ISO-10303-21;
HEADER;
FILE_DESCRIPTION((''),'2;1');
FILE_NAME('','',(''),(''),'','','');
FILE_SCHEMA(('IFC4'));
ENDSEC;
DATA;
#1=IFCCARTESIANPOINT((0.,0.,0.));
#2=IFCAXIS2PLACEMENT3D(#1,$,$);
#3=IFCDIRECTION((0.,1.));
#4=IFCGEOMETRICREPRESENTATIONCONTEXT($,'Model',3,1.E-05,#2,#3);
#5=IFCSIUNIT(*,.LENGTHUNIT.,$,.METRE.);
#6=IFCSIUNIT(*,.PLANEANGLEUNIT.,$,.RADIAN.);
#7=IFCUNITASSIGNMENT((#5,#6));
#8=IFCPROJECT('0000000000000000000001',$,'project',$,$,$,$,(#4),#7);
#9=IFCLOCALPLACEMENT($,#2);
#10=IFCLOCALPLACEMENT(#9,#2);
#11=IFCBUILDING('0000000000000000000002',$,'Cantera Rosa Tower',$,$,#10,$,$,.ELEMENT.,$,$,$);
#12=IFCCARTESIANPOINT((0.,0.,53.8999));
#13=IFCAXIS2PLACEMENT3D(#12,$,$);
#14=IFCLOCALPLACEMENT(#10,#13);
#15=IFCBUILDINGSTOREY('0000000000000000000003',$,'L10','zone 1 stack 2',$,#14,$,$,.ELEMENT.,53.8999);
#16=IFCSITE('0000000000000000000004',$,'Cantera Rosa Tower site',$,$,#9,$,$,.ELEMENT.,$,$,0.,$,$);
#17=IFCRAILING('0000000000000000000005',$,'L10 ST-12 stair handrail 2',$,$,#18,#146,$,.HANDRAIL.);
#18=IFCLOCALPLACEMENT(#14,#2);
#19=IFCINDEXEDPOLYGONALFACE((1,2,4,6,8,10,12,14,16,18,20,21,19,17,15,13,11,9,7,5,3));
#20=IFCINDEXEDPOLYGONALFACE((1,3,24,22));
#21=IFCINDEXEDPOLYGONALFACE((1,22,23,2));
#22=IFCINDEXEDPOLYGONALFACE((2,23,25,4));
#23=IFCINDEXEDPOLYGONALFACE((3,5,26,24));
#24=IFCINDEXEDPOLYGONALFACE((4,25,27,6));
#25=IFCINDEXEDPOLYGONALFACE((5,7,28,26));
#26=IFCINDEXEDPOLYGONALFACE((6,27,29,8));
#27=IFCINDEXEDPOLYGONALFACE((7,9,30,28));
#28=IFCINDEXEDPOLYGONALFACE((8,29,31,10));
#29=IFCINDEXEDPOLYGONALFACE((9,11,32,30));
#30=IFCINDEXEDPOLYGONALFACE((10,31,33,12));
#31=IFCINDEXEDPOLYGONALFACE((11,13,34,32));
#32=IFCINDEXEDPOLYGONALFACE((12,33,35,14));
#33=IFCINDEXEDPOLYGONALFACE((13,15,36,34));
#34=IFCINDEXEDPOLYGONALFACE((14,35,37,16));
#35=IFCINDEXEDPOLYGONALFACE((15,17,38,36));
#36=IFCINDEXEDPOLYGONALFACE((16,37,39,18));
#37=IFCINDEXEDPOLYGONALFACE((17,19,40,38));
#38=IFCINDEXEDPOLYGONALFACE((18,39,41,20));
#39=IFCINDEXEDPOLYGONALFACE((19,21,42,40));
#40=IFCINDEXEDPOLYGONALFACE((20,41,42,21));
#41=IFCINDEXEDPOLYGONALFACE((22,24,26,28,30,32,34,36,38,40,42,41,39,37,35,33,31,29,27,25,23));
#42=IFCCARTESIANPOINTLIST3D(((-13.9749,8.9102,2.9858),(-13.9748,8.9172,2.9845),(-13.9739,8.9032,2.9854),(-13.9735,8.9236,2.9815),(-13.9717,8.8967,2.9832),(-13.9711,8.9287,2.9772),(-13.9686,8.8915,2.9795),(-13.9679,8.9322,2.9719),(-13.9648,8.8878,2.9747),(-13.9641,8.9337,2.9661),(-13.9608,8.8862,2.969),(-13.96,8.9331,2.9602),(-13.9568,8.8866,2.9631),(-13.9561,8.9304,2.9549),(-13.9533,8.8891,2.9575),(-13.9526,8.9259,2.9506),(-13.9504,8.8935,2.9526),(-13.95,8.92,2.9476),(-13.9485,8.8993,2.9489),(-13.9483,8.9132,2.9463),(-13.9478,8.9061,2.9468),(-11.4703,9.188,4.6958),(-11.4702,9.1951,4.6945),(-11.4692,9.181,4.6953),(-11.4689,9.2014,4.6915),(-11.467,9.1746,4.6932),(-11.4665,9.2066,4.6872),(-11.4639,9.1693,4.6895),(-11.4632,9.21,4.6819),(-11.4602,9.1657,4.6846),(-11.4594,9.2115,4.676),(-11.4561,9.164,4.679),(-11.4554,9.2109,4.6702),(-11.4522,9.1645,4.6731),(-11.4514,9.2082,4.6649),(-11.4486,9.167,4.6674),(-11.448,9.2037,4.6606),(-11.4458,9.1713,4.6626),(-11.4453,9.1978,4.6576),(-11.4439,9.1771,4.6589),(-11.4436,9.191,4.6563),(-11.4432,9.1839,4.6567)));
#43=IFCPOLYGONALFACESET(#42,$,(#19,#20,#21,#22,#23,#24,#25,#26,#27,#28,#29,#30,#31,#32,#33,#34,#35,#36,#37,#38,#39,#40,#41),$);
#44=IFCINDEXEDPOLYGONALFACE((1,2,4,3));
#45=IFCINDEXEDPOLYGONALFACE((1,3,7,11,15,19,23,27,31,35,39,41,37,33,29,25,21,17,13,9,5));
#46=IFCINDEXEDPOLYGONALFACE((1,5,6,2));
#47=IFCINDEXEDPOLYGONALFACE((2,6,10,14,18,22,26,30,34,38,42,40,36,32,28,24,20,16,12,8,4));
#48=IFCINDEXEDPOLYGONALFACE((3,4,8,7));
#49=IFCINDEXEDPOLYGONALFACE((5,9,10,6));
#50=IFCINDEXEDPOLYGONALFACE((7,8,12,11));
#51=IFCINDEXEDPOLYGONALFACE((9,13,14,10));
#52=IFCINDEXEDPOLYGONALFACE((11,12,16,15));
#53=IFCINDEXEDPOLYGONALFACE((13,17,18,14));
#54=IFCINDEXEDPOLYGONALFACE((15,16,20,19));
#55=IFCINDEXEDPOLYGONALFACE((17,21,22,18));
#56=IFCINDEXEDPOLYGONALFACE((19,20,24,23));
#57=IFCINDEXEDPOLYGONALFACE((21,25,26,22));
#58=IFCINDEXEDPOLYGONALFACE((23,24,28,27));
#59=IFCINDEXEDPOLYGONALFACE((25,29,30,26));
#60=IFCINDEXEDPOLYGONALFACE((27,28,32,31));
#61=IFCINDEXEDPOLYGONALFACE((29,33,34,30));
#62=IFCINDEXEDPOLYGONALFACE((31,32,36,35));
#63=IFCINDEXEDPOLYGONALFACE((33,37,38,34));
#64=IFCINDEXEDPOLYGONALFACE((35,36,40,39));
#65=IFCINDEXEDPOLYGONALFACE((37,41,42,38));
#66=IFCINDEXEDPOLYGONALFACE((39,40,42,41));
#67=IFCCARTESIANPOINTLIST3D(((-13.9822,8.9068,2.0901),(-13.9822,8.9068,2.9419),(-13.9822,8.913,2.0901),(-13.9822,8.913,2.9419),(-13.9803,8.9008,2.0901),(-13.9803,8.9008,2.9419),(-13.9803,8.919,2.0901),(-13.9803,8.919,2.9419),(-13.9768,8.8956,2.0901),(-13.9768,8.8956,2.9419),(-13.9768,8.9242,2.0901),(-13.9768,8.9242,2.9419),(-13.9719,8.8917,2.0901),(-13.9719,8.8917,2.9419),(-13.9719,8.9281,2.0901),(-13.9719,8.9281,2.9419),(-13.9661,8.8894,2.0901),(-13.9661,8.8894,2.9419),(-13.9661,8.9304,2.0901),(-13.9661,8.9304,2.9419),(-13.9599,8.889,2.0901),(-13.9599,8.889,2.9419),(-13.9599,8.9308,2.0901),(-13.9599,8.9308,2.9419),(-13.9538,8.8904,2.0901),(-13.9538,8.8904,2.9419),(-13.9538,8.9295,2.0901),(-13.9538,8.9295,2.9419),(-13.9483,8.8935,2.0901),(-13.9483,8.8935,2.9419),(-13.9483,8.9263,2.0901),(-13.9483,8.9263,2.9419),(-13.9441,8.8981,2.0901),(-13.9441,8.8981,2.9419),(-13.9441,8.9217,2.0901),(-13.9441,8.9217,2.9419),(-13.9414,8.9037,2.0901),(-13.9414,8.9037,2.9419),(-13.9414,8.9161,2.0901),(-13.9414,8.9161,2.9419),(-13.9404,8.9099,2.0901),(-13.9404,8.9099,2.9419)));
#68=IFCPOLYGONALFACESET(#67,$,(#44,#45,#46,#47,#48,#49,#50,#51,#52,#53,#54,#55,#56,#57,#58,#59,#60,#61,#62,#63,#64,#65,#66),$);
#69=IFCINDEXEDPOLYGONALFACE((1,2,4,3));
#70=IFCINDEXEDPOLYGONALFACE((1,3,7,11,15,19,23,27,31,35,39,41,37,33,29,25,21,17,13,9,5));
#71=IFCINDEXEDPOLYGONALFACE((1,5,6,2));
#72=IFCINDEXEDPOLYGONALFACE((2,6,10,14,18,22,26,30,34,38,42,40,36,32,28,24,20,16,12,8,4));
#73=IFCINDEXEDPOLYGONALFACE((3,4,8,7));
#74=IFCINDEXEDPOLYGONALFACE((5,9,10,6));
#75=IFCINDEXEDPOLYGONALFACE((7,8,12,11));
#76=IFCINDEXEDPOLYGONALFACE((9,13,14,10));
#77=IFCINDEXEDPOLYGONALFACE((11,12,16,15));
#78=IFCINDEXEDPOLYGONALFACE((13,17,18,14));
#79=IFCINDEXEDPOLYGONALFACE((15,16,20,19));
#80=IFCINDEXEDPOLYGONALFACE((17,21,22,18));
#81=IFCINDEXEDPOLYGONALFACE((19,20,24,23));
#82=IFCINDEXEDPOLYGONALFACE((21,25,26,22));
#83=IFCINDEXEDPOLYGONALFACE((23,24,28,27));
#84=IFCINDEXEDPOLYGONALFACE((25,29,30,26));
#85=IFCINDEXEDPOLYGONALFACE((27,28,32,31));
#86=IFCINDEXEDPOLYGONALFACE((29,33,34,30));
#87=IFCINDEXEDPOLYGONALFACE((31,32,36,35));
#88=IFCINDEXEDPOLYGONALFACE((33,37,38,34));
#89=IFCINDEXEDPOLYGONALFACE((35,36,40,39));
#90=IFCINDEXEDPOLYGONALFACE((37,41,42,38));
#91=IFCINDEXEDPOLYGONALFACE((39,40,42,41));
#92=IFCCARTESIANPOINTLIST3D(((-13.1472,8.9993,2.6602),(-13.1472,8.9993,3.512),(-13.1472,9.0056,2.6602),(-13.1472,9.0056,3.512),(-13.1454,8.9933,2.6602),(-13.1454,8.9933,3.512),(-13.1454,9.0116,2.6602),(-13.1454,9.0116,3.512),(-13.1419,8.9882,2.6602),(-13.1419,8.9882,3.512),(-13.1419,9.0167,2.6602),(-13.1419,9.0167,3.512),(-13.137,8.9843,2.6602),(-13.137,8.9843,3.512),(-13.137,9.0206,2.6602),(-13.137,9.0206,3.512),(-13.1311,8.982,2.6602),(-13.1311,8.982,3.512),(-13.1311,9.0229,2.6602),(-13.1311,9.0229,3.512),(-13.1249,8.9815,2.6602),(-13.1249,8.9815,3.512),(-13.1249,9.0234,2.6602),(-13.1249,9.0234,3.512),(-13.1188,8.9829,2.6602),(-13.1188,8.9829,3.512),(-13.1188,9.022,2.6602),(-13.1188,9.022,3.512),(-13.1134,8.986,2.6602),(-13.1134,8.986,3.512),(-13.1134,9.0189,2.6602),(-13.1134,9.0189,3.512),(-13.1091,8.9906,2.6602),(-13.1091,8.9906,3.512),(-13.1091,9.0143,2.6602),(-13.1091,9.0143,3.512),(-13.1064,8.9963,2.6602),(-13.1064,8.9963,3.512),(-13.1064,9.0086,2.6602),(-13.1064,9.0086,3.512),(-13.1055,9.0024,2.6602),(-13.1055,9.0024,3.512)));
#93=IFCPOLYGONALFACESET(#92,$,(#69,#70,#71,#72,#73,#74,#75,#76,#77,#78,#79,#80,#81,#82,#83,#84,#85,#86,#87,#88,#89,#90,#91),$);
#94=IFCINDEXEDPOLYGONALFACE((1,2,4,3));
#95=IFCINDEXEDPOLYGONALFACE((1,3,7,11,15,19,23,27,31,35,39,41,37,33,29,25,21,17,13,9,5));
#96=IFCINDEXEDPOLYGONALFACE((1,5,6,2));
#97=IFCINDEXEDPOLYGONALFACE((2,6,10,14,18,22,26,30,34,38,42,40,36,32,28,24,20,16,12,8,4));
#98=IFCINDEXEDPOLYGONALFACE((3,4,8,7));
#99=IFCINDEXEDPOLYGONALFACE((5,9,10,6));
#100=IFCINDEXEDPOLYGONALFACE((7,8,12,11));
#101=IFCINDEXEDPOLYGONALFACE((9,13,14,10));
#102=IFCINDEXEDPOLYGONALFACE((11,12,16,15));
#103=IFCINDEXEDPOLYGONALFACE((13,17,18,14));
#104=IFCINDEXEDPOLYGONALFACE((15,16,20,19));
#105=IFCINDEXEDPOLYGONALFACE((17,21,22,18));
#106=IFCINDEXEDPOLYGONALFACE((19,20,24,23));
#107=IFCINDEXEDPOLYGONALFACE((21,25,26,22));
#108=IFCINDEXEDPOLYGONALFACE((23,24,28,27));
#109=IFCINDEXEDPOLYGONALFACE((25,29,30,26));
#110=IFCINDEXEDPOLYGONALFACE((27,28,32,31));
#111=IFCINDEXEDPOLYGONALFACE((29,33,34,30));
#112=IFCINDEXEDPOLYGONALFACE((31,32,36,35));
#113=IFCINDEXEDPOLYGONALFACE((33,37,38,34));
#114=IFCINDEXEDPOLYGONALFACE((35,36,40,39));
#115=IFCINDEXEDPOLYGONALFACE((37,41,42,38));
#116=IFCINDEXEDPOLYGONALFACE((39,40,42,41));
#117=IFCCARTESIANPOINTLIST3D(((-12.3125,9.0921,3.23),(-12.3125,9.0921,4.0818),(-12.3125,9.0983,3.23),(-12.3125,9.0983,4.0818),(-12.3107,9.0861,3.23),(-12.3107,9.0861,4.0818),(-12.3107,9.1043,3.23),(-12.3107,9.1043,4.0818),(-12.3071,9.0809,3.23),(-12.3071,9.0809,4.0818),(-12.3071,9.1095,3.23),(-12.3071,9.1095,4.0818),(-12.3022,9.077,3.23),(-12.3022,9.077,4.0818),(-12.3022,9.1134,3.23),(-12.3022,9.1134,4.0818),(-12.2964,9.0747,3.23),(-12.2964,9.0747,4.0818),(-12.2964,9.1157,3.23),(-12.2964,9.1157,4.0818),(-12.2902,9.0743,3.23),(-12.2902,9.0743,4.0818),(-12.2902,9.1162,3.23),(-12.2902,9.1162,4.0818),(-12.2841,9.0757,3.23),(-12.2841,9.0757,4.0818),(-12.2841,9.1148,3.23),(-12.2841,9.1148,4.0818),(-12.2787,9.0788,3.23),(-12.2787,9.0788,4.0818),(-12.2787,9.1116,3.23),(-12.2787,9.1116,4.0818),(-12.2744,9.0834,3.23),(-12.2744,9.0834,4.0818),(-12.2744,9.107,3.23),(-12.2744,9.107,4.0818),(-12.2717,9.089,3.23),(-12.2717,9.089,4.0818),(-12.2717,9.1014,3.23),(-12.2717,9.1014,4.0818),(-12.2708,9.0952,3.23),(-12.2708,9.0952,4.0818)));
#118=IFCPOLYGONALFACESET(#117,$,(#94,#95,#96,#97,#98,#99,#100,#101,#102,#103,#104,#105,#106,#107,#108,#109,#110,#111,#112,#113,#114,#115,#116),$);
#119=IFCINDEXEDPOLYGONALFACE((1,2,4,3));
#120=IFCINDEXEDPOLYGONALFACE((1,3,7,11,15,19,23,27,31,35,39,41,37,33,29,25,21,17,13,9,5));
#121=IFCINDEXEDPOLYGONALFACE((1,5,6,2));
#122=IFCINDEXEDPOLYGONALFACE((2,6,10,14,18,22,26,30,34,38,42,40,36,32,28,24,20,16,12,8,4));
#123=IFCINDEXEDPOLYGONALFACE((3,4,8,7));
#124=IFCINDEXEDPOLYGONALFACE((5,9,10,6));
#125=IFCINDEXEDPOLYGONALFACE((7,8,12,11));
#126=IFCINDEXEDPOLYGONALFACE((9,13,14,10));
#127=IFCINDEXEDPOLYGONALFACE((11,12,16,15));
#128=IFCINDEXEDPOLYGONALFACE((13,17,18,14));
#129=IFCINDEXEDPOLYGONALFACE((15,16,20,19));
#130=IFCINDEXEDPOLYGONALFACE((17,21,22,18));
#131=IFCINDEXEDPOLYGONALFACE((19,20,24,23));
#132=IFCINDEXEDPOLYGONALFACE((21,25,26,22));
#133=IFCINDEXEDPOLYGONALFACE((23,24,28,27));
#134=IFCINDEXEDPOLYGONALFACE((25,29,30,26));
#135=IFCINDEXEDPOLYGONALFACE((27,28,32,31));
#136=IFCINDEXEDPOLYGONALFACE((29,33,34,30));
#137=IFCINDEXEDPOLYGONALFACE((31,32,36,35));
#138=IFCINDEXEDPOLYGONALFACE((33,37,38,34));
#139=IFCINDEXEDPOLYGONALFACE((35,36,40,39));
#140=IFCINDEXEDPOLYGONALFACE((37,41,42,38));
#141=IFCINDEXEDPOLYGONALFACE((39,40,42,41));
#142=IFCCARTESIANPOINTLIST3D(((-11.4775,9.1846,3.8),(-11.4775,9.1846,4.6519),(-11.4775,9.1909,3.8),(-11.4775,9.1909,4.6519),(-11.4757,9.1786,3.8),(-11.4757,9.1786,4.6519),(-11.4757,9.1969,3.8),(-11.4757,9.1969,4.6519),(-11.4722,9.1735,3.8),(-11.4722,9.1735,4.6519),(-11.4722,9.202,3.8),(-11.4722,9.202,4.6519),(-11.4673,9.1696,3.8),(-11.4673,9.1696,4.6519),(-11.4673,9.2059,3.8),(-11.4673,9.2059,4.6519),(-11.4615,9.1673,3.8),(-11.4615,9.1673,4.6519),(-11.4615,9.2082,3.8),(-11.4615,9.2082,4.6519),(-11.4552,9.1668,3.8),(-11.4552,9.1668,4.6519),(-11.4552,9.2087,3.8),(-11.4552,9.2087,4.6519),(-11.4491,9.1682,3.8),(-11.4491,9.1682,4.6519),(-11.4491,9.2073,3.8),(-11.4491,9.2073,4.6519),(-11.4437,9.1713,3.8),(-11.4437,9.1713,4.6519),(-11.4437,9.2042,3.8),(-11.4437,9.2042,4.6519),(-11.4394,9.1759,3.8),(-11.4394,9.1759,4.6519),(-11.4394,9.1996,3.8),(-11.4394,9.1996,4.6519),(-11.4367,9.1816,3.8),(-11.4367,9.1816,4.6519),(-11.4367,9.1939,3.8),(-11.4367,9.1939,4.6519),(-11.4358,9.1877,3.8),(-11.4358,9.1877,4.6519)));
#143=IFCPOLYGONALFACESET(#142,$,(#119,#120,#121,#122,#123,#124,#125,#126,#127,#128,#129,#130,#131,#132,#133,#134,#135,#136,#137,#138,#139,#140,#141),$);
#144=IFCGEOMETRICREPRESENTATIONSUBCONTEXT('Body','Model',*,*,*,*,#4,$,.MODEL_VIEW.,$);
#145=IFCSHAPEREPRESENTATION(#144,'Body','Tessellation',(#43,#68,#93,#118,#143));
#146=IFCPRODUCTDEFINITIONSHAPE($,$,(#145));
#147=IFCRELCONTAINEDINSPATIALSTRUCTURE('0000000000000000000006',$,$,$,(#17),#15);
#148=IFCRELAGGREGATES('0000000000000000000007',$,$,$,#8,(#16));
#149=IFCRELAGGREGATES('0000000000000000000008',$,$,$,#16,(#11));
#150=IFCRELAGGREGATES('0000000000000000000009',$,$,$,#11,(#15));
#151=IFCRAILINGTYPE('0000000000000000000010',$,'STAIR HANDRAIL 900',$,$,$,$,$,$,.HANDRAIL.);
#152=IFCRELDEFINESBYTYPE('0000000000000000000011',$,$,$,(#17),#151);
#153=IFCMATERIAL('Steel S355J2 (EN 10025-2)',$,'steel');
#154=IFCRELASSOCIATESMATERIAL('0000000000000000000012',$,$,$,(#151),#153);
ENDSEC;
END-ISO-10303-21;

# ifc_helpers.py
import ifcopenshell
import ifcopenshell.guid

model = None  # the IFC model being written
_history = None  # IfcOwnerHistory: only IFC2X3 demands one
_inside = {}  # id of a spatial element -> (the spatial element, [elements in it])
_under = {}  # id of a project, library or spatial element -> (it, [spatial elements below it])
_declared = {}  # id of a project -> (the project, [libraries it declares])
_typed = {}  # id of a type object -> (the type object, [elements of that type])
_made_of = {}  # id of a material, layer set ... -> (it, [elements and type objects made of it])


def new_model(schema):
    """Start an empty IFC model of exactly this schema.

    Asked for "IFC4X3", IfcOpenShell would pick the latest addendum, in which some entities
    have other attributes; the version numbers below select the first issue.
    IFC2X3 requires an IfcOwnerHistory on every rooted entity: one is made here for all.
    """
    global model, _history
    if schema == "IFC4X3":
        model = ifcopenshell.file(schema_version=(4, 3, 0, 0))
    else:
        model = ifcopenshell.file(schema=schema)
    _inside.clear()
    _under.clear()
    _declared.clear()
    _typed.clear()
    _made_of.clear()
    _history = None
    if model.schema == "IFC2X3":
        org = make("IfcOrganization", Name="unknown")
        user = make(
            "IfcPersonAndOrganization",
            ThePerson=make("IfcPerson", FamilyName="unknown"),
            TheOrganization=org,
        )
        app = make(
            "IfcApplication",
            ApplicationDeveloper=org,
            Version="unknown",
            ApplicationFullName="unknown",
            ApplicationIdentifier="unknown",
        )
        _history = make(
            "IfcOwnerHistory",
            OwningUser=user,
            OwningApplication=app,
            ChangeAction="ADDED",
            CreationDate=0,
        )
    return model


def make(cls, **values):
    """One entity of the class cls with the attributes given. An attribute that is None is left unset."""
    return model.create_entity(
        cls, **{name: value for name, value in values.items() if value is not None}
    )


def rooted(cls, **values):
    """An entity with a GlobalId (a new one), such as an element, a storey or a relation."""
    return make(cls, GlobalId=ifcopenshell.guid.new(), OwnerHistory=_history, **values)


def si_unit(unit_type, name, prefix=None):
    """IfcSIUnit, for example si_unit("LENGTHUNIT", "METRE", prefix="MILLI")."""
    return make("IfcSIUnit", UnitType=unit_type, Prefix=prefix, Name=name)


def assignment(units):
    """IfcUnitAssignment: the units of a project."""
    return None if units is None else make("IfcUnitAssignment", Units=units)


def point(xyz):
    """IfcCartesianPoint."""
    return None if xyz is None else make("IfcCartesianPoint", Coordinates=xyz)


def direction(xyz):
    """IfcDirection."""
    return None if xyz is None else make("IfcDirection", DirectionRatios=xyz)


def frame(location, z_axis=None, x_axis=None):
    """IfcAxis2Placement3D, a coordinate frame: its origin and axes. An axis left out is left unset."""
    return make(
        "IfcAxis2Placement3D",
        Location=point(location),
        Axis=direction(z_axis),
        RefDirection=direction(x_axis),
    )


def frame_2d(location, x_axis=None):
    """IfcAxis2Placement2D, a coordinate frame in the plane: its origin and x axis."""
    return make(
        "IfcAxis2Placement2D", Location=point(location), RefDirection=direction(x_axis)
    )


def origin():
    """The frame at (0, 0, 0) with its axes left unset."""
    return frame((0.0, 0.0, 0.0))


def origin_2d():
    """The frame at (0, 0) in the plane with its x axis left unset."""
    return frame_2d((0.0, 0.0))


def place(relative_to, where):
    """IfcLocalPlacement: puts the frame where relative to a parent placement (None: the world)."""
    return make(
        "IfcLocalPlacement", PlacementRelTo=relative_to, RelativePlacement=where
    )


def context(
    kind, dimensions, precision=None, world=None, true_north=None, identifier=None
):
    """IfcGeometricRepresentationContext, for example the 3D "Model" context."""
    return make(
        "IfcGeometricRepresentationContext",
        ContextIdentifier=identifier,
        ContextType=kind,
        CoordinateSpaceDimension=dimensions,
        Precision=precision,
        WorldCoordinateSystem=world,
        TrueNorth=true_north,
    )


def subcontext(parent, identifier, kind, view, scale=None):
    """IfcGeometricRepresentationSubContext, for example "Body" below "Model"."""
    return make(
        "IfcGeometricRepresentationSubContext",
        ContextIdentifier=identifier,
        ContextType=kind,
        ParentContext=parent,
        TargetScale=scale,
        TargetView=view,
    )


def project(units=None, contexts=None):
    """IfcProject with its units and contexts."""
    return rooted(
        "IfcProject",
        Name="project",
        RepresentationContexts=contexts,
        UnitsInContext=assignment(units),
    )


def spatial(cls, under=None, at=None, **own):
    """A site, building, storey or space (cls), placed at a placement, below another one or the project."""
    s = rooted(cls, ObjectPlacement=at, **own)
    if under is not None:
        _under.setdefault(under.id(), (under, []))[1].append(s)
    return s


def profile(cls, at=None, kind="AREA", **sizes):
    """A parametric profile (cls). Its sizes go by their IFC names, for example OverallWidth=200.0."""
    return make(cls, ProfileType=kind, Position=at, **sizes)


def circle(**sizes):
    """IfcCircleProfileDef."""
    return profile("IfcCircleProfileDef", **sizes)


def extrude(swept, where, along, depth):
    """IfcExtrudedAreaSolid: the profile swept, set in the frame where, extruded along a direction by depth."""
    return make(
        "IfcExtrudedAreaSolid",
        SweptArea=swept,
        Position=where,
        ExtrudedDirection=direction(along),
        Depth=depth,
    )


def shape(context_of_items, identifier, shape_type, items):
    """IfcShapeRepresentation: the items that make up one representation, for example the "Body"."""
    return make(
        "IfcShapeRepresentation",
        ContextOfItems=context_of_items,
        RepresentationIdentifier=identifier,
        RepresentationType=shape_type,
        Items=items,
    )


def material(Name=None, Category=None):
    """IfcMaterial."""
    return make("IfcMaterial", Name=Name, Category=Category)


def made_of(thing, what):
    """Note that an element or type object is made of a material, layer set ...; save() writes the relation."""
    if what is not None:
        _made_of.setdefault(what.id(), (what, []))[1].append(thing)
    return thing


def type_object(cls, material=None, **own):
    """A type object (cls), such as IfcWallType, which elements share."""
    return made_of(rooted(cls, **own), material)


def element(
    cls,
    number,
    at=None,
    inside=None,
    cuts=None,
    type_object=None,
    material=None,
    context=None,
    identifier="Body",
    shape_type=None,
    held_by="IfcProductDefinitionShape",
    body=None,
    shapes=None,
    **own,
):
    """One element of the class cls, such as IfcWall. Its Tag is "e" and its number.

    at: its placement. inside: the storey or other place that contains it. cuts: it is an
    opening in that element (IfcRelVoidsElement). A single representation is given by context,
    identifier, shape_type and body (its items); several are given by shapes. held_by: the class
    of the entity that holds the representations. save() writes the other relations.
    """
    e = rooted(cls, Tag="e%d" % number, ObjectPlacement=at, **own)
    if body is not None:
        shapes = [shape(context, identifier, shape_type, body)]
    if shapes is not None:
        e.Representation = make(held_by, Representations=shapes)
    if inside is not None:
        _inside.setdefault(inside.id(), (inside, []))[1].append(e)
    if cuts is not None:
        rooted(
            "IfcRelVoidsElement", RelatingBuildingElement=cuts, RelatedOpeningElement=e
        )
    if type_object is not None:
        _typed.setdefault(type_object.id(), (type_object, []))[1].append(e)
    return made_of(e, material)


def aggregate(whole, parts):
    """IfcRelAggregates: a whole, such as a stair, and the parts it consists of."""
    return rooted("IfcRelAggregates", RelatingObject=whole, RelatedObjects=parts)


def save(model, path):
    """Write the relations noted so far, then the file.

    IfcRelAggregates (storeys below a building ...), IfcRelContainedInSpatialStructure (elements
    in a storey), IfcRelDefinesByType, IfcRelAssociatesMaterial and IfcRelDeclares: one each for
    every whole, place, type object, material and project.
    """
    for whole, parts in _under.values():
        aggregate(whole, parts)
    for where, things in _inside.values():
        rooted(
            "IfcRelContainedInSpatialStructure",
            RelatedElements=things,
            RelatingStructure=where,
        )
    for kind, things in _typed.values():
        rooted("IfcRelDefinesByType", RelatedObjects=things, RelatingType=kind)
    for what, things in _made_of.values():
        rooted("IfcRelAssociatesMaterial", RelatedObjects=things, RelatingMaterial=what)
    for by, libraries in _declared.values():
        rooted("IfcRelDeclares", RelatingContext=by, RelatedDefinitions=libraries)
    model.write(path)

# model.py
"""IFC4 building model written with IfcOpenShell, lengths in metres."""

from ifc_helpers import new_model, si_unit, direction, frame, origin, origin_2d, place, context, subcontext, project, spatial, circle, extrude, material, type_object, element, save


model = new_model("IFC4")

# Units and contexts
model_context = context("Model", 3, precision=1e-05, world=origin(), true_north=direction((0.0, 1.0)))
body_context = subcontext(model_context, "Body", "Model", "MODEL_VIEW")
ifc_project = project(units=[si_unit("LENGTHUNIT", "METRE"), si_unit("PLANEANGLEUNIT", "RADIAN")], contexts=[model_context])

# Site, building, storey
site_placement = place(None, origin())
site = spatial("IfcSite", under=ifc_project, at=site_placement, Name="Cantera Rosa Tower site", CompositionType="ELEMENT", RefElevation=0.0)
building_placement = place(site_placement, origin())
building = spatial("IfcBuilding", under=site, at=building_placement, Name="Cantera Rosa Tower", CompositionType="ELEMENT")
storey_placement = place(building_placement, frame((0.0, 0.0, 53.8999)))
storey = spatial("IfcBuildingStorey", under=building, at=storey_placement, Name="L10", Description="zone 1 stack 2", CompositionType="ELEMENT", Elevation=53.8999)

# Railing
ifc_material_1 = material(Name="Steel S355J2 (EN 10025-2)", Category="steel")
railing_type_1 = type_object("IfcRailingType", Name="STAIR HANDRAIL 900", PredefinedType="HANDRAIL", material=ifc_material_1)
railing_1_placement = place(storey_placement, frame((-13.9614, 8.9099, 2.0901)))
element("IfcRailing", 1, at=railing_1_placement, inside=storey, type_object=railing_type_1, Name="L10 ST-12 stair handrail 2", PredefinedType="HANDRAIL", context=body_context, shape_type="SweptSolid", body=[
    extrude(circle(Radius=0.0239, at=origin_2d()), frame((0.0, 0.0, 0.876), z_axis=(0.822437, 0.091231, 0.561492), x_axis=(-0.110251, 0.993904, 0.0)), (0.0, 0.0, 1.0), 3.0454),
    extrude(circle(Radius=0.021, at=origin_2d()), origin(), (0.0, 0.0, 1.0), 0.8518),
    extrude(circle(Radius=0.021, at=origin_2d()), frame((0.835, 0.0925, 0.5701)), (0.0, 0.0, 1.0), 0.8518),
    extrude(circle(Radius=0.021, at=origin_2d()), frame((1.6697, 0.1853, 1.1399)), (0.0, 0.0, 1.0), 0.8518),
    extrude(circle(Radius=0.021, at=origin_2d()), frame((2.5046, 0.2778, 1.71)), (0.0, 0.0, 1.0), 0.8518),
])

save(model, "model.ifc")
